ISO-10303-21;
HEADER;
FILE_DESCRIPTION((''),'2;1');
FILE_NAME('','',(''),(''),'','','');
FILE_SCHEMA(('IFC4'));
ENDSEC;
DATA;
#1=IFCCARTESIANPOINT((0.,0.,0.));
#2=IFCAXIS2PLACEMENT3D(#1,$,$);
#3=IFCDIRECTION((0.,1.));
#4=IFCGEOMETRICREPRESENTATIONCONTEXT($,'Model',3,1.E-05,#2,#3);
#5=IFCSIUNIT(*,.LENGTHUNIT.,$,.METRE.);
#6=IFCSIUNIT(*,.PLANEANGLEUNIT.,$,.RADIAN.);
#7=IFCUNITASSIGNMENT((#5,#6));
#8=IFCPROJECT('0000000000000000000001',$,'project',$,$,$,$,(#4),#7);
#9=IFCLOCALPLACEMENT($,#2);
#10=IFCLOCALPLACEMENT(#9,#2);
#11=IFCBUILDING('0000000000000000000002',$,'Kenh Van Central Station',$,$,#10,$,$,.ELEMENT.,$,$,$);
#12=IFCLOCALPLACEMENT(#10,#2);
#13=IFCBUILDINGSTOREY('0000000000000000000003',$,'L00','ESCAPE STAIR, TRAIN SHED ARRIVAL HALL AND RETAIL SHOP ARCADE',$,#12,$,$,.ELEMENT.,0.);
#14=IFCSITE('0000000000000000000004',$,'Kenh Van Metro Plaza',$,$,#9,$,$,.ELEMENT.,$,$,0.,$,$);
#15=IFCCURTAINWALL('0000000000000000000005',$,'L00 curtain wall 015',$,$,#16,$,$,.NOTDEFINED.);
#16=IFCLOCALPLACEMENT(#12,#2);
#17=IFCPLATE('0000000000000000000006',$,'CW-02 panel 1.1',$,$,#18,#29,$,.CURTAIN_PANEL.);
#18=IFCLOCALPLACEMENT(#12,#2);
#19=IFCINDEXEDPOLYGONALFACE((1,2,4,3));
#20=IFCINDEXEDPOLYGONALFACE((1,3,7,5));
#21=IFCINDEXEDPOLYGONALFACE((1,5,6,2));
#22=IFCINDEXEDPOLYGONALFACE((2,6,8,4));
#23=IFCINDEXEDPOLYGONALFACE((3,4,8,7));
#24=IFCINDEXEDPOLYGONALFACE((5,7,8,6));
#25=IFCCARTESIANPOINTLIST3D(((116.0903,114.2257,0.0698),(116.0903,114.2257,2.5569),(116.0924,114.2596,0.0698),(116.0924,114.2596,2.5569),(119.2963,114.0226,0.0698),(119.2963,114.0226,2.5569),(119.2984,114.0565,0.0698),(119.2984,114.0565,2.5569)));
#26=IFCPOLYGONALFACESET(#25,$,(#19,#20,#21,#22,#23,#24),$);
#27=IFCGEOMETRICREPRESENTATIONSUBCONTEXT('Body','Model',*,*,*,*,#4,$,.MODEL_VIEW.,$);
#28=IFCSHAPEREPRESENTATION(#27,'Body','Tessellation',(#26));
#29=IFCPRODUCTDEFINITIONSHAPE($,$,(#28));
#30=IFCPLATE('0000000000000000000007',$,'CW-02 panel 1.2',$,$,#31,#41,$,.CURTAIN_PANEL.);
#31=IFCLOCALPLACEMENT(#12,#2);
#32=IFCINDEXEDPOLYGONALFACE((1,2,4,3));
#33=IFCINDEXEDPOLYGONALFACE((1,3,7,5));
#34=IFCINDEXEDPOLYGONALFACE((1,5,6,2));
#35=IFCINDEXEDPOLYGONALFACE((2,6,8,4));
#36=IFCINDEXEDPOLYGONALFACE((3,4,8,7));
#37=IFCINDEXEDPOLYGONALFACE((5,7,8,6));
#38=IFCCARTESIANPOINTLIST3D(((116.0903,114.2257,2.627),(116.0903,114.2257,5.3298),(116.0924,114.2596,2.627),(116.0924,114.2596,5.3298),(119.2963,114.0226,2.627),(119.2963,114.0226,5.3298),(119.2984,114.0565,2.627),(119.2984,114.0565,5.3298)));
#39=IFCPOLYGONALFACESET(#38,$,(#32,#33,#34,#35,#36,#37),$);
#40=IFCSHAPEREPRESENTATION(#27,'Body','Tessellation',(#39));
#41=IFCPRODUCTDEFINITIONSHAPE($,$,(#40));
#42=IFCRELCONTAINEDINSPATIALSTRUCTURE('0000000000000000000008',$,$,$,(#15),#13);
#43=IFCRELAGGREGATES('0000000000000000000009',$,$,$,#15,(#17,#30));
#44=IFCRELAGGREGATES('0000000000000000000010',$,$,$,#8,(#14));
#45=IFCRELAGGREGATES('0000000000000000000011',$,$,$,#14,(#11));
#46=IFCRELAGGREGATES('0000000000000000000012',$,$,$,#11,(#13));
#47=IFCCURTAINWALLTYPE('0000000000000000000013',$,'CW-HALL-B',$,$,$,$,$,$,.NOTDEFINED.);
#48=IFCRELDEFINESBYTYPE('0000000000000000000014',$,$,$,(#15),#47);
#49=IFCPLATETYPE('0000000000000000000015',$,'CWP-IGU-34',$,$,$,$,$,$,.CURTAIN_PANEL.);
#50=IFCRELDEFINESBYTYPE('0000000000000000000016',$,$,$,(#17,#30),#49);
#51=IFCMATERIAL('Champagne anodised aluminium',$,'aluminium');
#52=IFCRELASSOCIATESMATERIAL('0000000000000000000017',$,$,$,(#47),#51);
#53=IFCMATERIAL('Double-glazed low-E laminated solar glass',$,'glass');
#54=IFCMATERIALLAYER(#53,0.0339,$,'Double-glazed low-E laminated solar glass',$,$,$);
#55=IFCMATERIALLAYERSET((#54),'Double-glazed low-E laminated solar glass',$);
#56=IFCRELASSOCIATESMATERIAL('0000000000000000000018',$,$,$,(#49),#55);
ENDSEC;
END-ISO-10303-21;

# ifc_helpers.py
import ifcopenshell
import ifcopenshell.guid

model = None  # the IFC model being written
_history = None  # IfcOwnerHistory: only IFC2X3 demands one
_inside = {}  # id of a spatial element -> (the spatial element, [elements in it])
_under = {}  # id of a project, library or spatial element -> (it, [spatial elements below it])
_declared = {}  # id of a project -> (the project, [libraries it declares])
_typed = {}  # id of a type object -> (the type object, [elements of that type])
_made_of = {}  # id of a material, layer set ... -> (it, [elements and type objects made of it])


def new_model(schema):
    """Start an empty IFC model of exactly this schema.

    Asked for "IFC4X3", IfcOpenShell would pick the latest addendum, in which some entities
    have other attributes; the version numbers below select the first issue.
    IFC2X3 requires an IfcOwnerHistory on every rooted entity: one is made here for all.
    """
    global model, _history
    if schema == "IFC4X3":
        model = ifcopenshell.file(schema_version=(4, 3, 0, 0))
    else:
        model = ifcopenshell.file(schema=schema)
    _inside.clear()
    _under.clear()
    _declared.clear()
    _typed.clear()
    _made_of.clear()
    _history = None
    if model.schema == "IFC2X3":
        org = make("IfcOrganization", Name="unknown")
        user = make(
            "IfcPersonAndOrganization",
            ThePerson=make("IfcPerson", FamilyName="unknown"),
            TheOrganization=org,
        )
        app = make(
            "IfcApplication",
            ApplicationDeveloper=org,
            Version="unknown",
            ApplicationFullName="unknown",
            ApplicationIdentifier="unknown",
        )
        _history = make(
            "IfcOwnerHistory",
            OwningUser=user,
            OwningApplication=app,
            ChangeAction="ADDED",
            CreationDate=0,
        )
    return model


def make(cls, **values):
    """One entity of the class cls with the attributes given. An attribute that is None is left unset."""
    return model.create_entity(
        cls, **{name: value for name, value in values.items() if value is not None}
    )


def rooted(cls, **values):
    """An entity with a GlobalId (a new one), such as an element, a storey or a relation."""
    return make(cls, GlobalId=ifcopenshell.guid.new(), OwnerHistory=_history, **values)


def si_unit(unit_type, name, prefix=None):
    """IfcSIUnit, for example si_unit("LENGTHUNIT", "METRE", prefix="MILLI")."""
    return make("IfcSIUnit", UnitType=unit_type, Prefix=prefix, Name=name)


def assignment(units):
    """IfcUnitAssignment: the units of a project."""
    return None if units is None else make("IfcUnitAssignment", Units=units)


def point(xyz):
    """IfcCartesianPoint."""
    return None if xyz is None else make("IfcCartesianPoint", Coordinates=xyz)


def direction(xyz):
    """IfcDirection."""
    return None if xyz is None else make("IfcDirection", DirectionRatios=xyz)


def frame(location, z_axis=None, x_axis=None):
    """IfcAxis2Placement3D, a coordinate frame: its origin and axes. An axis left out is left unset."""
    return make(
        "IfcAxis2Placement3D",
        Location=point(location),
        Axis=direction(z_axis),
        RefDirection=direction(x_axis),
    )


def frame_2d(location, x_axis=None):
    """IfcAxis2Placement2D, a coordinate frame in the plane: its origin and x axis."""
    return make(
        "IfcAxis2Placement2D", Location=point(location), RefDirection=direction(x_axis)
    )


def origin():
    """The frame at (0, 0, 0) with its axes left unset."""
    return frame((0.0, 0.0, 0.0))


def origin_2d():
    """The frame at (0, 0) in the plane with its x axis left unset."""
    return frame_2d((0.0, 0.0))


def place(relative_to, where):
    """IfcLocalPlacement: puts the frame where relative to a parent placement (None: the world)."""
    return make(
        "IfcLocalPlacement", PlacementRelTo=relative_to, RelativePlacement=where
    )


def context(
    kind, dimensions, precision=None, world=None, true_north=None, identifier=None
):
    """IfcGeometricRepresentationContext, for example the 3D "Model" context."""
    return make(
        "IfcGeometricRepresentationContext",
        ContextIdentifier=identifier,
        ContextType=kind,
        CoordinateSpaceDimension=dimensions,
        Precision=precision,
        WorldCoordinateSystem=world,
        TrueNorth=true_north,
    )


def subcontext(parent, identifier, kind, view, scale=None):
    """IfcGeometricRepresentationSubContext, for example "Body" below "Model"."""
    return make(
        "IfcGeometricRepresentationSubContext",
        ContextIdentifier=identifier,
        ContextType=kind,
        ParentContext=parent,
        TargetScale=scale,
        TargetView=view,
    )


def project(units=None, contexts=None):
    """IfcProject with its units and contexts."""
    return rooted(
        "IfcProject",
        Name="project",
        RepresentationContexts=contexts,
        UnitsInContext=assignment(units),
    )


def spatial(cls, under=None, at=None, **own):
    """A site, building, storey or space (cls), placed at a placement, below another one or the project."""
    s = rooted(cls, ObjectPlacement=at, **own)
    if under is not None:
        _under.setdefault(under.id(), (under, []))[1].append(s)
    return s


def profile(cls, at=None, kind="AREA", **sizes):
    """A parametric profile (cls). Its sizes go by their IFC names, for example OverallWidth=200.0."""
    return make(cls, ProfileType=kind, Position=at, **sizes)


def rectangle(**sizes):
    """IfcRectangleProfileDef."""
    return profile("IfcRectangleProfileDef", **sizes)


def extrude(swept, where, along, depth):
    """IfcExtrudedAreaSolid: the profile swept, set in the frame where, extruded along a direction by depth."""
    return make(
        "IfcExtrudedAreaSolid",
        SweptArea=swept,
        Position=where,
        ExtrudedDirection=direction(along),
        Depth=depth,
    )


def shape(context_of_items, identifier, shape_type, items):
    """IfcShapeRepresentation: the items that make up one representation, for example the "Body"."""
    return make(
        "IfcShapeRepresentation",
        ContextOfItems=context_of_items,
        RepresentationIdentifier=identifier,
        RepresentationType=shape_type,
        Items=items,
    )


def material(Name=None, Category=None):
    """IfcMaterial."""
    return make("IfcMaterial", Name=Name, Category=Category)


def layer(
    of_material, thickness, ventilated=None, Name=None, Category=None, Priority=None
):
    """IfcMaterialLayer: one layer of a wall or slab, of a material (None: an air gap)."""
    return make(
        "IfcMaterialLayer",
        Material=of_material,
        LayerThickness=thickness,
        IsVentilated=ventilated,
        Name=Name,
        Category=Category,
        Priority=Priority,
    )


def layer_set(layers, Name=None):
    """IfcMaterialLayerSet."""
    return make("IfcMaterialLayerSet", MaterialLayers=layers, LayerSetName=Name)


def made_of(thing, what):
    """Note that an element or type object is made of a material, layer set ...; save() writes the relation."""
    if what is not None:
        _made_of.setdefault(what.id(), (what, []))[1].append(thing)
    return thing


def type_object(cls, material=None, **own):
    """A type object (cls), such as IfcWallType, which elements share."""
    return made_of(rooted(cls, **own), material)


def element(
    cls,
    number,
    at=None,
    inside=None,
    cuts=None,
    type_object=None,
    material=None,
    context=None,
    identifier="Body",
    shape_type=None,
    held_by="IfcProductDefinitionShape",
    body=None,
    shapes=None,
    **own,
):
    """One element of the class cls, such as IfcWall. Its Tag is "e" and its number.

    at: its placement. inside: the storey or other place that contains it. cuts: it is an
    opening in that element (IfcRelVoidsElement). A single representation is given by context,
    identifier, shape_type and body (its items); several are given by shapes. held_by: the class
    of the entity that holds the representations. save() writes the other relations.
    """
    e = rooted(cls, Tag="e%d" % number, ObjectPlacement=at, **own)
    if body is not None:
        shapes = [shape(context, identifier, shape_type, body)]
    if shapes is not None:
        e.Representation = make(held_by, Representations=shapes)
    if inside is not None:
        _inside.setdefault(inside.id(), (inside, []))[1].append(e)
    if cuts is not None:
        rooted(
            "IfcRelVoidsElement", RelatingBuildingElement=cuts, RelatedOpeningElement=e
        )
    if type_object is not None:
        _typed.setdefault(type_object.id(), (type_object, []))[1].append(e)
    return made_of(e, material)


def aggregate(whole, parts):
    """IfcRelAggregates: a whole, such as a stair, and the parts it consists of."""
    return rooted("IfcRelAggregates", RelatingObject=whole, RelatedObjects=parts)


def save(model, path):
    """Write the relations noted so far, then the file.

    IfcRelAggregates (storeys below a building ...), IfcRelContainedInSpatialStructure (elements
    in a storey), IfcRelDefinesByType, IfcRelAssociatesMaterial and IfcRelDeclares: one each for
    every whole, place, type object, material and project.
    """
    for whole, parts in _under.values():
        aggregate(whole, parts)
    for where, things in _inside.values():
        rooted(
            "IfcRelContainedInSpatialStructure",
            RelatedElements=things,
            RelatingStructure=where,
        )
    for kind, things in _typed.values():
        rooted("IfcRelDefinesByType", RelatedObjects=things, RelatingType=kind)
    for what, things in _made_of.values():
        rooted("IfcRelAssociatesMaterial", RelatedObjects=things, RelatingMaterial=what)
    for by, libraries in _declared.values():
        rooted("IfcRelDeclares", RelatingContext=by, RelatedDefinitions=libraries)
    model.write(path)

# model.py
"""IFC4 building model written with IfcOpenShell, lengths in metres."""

from ifc_helpers import new_model, si_unit, direction, frame, origin, origin_2d, place, context, subcontext, project, spatial, rectangle, extrude, material, layer, layer_set, type_object, element, aggregate, save


model = new_model("IFC4")

# Units and contexts
model_context = context("Model", 3, precision=1e-05, world=origin(), true_north=direction((0.0, 1.0)))
body_context = subcontext(model_context, "Body", "Model", "MODEL_VIEW")
ifc_project = project(units=[si_unit("LENGTHUNIT", "METRE"), si_unit("PLANEANGLEUNIT", "RADIAN")], contexts=[model_context])

# Site, building, storey
site_placement = place(None, origin())
site = spatial("IfcSite", under=ifc_project, at=site_placement, Name="Kenh Van Metro Plaza", CompositionType="ELEMENT", RefElevation=0.0)
building_placement = place(site_placement, origin())
building = spatial("IfcBuilding", under=site, at=building_placement, Name="Kenh Van Central Station", CompositionType="ELEMENT")
storey_placement = place(building_placement, origin())
storey = spatial("IfcBuildingStorey", under=building, at=storey_placement, Name="L00", Description="ESCAPE STAIR, TRAIN SHED ARRIVAL HALL AND RETAIL SHOP ARCADE", CompositionType="ELEMENT", Elevation=0.0)

# Shared definitions
ifc_material_1 = material(Name="Champagne anodised aluminium", Category="aluminium")
curtain_wall_type = type_object("IfcCurtainWallType", Name="CW-HALL-B", PredefinedType="NOTDEFINED", material=ifc_material_1)

# Curtain wall
curtain_wall_1_placement = place(storey_placement, origin())
curtain_wall_1 = element("IfcCurtainWall", 1, at=curtain_wall_1_placement, inside=storey, type_object=curtain_wall_type, Name="L00 curtain wall 015", PredefinedType="NOTDEFINED")

# Plates
ifc_material_2 = material(Name="Double-glazed low-E laminated solar glass", Category="glass")
ifc_layer_1 = layer(ifc_material_2, 0.0339, Name="Double-glazed low-E laminated solar glass")
ifc_layer_set_1 = layer_set([ifc_layer_1], Name="Double-glazed low-E laminated solar glass")
plate_type_1 = type_object("IfcPlateType", Name="CWP-IGU-34", PredefinedType="CURTAIN_PANEL", material=ifc_layer_set_1)
plate_1_placement = place(storey_placement, frame((117.6943, 114.1411, 0.0698), z_axis=(0.0, 0.0, 1.0), x_axis=(-0.998, 0.063211, 0.0)))
plate_1 = element("IfcPlate", 2, at=plate_1_placement, type_object=plate_type_1, Name="CW-02 panel 1.1", PredefinedType="CURTAIN_PANEL", context=body_context, shape_type="SweptSolid", body=[
    extrude(rectangle(XDim=3.2124, YDim=0.0339, at=origin_2d()), origin(), (0.0, 0.0, 1.0), 2.4871),
])
plate_2_placement = place(storey_placement, frame((117.6943, 114.1411, 2.627), z_axis=(0.0, 0.0, 1.0), x_axis=(-0.998, 0.063211, 0.0)))
plate_2 = element("IfcPlate", 3, at=plate_2_placement, type_object=plate_type_1, Name="CW-02 panel 1.2", PredefinedType="CURTAIN_PANEL", context=body_context, shape_type="SweptSolid", body=[
    extrude(rectangle(XDim=3.2124, YDim=0.0339, at=origin_2d()), origin(), (0.0, 0.0, 1.0), 2.7029),
])
aggregate(curtain_wall_1, [plate_1, plate_2])

save(model, "model.ifc")
